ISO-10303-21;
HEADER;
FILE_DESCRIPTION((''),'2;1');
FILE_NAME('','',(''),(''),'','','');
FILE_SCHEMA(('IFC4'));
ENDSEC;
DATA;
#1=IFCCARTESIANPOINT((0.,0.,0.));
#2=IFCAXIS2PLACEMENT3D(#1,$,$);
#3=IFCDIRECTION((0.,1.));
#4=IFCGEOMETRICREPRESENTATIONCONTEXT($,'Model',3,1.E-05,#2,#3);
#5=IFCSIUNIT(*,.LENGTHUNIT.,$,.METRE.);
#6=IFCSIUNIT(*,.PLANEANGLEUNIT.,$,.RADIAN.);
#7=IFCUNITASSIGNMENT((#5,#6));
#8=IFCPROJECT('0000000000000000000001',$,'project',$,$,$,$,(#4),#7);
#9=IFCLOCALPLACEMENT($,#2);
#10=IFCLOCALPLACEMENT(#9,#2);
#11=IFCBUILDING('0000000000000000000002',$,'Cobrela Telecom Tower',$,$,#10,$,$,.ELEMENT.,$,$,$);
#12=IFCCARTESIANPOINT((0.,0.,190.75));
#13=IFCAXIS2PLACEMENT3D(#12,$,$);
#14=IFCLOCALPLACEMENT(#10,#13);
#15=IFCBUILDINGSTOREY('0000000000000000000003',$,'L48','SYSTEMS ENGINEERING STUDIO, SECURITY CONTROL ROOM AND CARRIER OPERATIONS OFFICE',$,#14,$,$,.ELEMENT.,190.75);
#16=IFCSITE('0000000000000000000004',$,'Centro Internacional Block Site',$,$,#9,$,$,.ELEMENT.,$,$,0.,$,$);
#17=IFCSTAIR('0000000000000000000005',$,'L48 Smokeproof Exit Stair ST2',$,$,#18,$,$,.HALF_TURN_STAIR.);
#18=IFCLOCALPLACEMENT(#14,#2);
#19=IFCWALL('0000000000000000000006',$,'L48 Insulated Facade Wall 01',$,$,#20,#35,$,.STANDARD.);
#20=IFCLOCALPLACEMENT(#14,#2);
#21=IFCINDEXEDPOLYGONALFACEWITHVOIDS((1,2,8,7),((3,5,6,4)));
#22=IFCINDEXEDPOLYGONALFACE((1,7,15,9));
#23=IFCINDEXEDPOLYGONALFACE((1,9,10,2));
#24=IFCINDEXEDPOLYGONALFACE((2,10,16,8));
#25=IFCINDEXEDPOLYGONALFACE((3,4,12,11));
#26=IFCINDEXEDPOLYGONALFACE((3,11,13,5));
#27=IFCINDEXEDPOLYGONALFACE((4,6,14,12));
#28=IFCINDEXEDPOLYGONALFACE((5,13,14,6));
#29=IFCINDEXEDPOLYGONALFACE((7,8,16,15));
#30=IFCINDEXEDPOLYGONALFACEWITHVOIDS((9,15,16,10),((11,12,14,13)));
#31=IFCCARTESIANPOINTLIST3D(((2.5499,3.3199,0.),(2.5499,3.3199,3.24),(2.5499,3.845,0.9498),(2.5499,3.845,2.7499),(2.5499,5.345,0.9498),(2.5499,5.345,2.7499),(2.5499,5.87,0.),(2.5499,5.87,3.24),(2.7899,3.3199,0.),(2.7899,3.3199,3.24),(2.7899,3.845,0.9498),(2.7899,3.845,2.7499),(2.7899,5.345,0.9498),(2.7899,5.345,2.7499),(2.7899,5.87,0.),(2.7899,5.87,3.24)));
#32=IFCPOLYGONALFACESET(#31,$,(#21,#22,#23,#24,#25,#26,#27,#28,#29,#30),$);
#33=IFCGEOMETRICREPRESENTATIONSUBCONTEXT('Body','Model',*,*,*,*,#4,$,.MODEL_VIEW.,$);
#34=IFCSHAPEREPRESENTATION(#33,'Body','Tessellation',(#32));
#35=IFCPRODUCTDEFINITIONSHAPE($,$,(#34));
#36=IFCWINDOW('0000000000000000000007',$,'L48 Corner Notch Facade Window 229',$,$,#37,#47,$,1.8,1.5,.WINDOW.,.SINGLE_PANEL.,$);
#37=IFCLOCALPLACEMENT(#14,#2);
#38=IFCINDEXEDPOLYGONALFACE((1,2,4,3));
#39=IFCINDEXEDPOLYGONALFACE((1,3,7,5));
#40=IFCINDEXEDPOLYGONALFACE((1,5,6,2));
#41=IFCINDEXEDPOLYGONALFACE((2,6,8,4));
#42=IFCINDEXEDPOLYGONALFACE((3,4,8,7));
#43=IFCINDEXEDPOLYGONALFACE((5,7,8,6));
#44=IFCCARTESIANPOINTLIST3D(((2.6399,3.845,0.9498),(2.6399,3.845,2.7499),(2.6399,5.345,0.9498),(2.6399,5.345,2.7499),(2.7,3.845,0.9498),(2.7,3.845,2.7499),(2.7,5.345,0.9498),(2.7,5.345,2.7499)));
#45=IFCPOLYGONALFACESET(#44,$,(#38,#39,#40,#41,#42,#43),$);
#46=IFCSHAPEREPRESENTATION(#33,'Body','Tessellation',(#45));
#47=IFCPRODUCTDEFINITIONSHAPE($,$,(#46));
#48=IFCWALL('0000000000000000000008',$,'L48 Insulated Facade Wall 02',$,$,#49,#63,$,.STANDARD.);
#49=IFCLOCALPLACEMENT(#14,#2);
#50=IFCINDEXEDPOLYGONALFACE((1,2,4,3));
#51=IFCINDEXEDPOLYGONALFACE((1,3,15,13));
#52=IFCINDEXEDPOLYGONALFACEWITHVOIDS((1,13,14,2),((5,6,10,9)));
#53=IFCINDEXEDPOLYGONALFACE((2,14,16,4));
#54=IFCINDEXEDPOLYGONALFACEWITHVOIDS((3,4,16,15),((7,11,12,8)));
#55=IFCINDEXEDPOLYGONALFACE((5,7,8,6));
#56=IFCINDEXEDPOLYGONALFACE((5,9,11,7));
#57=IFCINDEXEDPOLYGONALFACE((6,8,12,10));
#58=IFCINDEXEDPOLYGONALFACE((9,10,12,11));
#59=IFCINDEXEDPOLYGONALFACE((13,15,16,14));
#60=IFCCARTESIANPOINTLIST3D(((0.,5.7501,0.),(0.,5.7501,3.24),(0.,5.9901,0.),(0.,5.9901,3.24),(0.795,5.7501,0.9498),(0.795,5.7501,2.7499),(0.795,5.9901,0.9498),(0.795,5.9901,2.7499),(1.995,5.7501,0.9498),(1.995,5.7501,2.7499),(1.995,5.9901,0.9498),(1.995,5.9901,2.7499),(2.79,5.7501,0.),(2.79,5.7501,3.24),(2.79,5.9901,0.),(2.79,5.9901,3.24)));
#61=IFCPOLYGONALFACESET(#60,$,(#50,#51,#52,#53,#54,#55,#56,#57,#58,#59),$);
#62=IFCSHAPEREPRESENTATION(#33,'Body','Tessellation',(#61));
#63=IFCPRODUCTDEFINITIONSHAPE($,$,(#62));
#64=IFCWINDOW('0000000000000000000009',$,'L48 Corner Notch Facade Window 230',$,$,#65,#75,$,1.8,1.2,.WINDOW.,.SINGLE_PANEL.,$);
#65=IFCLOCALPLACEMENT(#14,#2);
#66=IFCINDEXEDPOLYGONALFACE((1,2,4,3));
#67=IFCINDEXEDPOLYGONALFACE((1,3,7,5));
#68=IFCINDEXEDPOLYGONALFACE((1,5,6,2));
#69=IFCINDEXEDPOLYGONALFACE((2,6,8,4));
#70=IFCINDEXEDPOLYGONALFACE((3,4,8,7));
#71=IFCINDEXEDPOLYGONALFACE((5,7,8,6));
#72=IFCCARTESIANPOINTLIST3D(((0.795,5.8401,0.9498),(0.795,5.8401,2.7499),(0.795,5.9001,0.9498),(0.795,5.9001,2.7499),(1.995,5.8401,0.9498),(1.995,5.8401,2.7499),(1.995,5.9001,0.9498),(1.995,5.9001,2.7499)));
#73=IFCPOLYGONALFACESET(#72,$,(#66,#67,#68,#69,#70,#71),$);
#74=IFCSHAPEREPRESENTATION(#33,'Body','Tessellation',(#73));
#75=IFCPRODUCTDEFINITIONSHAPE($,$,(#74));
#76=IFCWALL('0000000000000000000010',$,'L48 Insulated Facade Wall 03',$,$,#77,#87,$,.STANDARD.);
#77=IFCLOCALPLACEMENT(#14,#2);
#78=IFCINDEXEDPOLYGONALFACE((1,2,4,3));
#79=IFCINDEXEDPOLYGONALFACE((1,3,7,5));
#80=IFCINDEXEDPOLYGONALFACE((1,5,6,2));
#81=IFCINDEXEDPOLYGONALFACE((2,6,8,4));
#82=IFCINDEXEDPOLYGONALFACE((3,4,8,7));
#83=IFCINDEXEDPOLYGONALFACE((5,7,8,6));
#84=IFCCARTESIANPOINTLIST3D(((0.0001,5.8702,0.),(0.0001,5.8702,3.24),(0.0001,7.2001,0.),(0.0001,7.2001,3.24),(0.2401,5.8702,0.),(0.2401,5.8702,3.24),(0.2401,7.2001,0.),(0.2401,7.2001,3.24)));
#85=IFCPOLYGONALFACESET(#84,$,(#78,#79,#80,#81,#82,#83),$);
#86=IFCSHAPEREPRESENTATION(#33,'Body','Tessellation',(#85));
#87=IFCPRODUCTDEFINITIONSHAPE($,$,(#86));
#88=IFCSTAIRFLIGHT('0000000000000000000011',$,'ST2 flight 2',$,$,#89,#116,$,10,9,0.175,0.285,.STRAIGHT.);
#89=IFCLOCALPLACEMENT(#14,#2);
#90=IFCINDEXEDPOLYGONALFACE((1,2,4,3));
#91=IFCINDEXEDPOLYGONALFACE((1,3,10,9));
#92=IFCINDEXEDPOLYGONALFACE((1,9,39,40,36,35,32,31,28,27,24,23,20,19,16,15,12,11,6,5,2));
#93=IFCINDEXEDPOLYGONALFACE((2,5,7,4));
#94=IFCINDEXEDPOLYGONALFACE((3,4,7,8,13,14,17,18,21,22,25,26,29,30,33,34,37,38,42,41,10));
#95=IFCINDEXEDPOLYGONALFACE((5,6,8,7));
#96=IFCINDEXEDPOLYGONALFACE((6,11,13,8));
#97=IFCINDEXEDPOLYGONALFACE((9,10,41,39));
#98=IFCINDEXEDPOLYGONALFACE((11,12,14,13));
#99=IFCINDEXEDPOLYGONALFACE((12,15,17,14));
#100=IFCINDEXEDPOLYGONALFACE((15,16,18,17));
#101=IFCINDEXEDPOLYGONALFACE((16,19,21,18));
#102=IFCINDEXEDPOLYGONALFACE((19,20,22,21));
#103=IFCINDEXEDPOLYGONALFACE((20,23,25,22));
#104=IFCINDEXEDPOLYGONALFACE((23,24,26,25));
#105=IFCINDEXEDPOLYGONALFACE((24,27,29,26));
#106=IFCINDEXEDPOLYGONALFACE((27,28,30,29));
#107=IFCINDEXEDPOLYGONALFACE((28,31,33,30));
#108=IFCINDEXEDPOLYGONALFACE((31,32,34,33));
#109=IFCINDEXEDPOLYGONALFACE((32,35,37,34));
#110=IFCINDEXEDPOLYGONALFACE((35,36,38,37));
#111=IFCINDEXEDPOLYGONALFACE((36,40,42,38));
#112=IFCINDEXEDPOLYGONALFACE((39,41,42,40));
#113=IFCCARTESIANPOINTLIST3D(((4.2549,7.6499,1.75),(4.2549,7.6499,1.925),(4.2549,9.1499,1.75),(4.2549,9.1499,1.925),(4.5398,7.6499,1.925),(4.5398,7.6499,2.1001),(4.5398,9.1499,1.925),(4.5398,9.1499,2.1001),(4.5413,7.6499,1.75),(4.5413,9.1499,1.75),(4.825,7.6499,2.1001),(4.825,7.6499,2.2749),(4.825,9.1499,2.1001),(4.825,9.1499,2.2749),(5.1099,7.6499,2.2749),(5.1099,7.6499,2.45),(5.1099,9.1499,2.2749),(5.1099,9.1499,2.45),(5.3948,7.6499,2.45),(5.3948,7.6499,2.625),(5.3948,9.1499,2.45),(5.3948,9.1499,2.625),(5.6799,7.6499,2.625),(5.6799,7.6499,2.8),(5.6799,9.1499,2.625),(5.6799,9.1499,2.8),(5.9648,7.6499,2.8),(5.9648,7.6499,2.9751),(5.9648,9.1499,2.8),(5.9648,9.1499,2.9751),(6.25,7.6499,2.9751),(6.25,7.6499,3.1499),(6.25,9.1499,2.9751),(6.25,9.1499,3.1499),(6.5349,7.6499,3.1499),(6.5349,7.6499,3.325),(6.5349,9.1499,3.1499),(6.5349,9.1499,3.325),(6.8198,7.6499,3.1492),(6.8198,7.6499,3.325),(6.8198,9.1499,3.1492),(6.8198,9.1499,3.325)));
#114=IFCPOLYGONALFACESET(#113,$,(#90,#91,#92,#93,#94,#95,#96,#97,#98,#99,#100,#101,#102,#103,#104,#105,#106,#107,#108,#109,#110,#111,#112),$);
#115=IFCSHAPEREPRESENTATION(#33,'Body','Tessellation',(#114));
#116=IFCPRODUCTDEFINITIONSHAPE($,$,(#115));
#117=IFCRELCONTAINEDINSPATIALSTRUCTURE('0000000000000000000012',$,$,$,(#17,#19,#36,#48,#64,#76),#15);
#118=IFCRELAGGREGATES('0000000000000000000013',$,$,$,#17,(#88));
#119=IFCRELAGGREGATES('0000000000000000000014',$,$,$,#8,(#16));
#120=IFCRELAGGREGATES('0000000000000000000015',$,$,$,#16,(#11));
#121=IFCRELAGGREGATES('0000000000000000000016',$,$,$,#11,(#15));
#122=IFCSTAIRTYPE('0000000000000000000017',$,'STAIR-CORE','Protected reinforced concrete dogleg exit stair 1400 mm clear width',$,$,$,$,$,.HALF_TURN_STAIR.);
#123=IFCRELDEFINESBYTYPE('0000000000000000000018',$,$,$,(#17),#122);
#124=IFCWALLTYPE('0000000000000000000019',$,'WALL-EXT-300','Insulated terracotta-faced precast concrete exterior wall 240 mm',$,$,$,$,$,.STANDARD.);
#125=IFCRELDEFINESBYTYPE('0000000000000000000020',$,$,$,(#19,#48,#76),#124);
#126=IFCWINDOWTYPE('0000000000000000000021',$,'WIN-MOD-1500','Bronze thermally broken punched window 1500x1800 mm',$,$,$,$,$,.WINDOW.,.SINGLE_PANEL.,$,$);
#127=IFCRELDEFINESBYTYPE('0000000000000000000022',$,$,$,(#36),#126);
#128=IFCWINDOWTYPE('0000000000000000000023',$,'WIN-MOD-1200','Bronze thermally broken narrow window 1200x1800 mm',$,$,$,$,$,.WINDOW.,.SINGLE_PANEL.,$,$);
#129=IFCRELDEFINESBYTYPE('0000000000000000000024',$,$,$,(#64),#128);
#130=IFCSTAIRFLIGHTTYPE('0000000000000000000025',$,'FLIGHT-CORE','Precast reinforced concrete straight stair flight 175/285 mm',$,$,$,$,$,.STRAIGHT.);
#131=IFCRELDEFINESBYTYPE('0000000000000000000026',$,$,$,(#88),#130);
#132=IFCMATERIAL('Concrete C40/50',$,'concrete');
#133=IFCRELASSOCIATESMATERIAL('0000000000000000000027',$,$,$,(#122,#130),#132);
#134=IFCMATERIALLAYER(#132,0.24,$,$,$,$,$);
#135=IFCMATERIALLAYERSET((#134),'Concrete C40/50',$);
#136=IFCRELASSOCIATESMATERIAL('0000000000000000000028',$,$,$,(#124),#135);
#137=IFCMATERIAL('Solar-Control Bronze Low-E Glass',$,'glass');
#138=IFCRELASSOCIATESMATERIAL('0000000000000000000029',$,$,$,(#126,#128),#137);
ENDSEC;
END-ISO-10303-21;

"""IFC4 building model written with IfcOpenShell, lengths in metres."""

from ifc_helpers import new_model, si_unit, direction, frame, frame_2d, origin, place, context, subcontext, project, spatial, polyline, rectangle, outline, extrude, material, layer, layer_set, type_object, element, fill, aggregate, save


model = new_model("IFC4")

# Units and contexts
model_context = context("Model", 3, precision=1e-05, world=origin(), true_north=direction((0.0, 1.0)))
body_context = subcontext(model_context, "Body", "Model", "MODEL_VIEW")
ifc_project = project(units=[si_unit("LENGTHUNIT", "METRE"), si_unit("PLANEANGLEUNIT", "RADIAN")], contexts=[model_context])

# Site, building, storey
site_placement = place(None, origin())
site = spatial("IfcSite", under=ifc_project, at=site_placement, Name="Centro Internacional Block Site", CompositionType="ELEMENT", RefElevation=0.0)
building_placement = place(site_placement, origin())
building = spatial("IfcBuilding", under=site, at=building_placement, Name="Cobrela Telecom Tower", CompositionType="ELEMENT")
storey_placement = place(building_placement, frame((0.0, 0.0, 190.75)))
storey = spatial("IfcBuildingStorey", under=building, at=storey_placement, Name="L48", Description="SYSTEMS ENGINEERING STUDIO, SECURITY CONTROL ROOM AND CARRIER OPERATIONS OFFICE", CompositionType="ELEMENT", Elevation=190.75)

# Shared definitions
ifc_material_1 = material(Name="Solar-Control Bronze Low-E Glass", Category="glass")

# Shared definitions
ifc_material_2 = material(Name="Concrete C40/50", Category="concrete")

# Stair
stair_type = type_object("IfcStairType", Name="STAIR-CORE", Description="Protected reinforced concrete dogleg exit stair 1400 mm clear width", PredefinedType="HALF_TURN_STAIR", material=ifc_material_2)
stair_1_placement = place(storey_placement, origin())
stair_1 = element("IfcStair", 1, at=stair_1_placement, inside=storey, type_object=stair_type, Name="L48 Smokeproof Exit Stair ST2", PredefinedType="HALF_TURN_STAIR")

# Walls, openings, windows
ifc_layer_1 = layer(ifc_material_2, 0.24)
ifc_layer_set_1 = layer_set([ifc_layer_1], Name="Concrete C40/50")
wall_type_1 = type_object("IfcWallType", Name="WALL-EXT-300", Description="Insulated terracotta-faced precast concrete exterior wall 240 mm", PredefinedType="STANDARD", material=ifc_layer_set_1)
wall_1_placement = place(storey_placement, frame((2.6699, 3.3201, 0.0), z_axis=(0.0, 0.0, 1.0), x_axis=(0.0, 1.0, 0.0)))
wall_1 = element("IfcWall", 2, at=wall_1_placement, inside=storey, type_object=wall_type_1, Name="L48 Insulated Facade Wall 01", PredefinedType="STANDARD", context=body_context, shape_type="SweptSolid", body=[
    extrude(rectangle(XDim=2.55, YDim=0.24, at=frame_2d((1.2749, 0.0))), origin(), (0.0, 0.0, 1.0), 3.24),
])
opening_1_placement = place(wall_1_placement, frame((0.5249, 0.0, 0.95)))
opening_1 = element("IfcOpeningElement", 3, at=opening_1_placement, cuts=wall_1, PredefinedType="OPENING", context=body_context, shape_type="SweptSolid", body=[
    extrude(rectangle(XDim=1.5, YDim=1.8, at=frame_2d((0.75, 0.8999))), frame((0.0, 0.1318, 0.0), z_axis=(0.0, -1.0, 0.0), x_axis=(1.0, 0.0, 0.0)), (0.0, 0.0, 1.0), 0.2639),
])
window_type_1 = type_object("IfcWindowType", Name="WIN-MOD-1500", Description="Bronze thermally broken punched window 1500x1800 mm", PartitioningType="SINGLE_PANEL", PredefinedType="WINDOW", material=ifc_material_1)
window_1_placement = place(opening_1_placement, origin())
window_1 = element("IfcWindow", 4, at=window_1_placement, inside=storey, type_object=window_type_1, Name="L48 Corner Notch Facade Window 229", OverallHeight=1.8, OverallWidth=1.5, PartitioningType="SINGLE_PANEL", PredefinedType="WINDOW", context=body_context, shape_type="SweptSolid", body=[
    extrude(rectangle(XDim=1.5, YDim=1.8, at=frame_2d((0.75, 0.8999))), frame((0.0, 0.03, 0.0), z_axis=(0.0, -1.0, 0.0), x_axis=(1.0, 0.0, 0.0)), (0.0, 0.0, 1.0), 0.0601),
])
fill(opening_1, window_1)
wall_2_placement = place(storey_placement, frame((2.79, 5.8701, 0.0), z_axis=(0.0, 0.0, 1.0), x_axis=(-1.0, 0.0, 0.0)))
wall_2 = element("IfcWall", 5, at=wall_2_placement, inside=storey, type_object=wall_type_1, Name="L48 Insulated Facade Wall 02", PredefinedType="STANDARD", context=body_context, shape_type="SweptSolid", body=[
    extrude(rectangle(XDim=2.79, YDim=0.24, at=frame_2d((1.395, 0.0))), origin(), (0.0, 0.0, 1.0), 3.24),
])
opening_2_placement = place(wall_2_placement, frame((0.7949, 0.0, 0.95)))
opening_2 = element("IfcOpeningElement", 6, at=opening_2_placement, cuts=wall_2, PredefinedType="OPENING", context=body_context, shape_type="SweptSolid", body=[
    extrude(rectangle(XDim=1.2, YDim=1.8, at=frame_2d((0.6001, 0.8999))), frame((0.0, 0.1318, 0.0), z_axis=(0.0, -1.0, 0.0), x_axis=(1.0, 0.0, 0.0)), (0.0, 0.0, 1.0), 0.2639),
])
window_type_2 = type_object("IfcWindowType", Name="WIN-MOD-1200", Description="Bronze thermally broken narrow window 1200x1800 mm", PartitioningType="SINGLE_PANEL", PredefinedType="WINDOW", material=ifc_material_1)
window_2_placement = place(opening_2_placement, origin())
window_2 = element("IfcWindow", 7, at=window_2_placement, inside=storey, type_object=window_type_2, Name="L48 Corner Notch Facade Window 230", OverallHeight=1.8, OverallWidth=1.2, PartitioningType="SINGLE_PANEL", PredefinedType="WINDOW", context=body_context, shape_type="SweptSolid", body=[
    extrude(rectangle(XDim=1.2, YDim=1.8, at=frame_2d((0.6001, 0.8999))), frame((0.0, 0.03, 0.0), z_axis=(0.0, -1.0, 0.0), x_axis=(1.0, 0.0, 0.0)), (0.0, 0.0, 1.0), 0.0601),
])
fill(opening_2, window_2)

# Wall
wall_3_placement = place(storey_placement, frame((0.1201, 5.8701, 0.0), z_axis=(0.0, 0.0, 1.0), x_axis=(0.0, 1.0, 0.0)))
element("IfcWall", 8, at=wall_3_placement, inside=storey, type_object=wall_type_1, Name="L48 Insulated Facade Wall 03", PredefinedType="STANDARD", context=body_context, shape_type="SweptSolid", body=[
    extrude(rectangle(XDim=1.3298, YDim=0.24, at=frame_2d((0.665, 0.0))), origin(), (0.0, 0.0, 1.0), 3.24),
])

# Stair flight
stair_flight_type = type_object("IfcStairFlightType", Name="FLIGHT-CORE", Description="Precast reinforced concrete straight stair flight 175/285 mm", PredefinedType="STRAIGHT", material=ifc_material_2)
stair_flight_placement = place(storey_placement, frame((4.2549, 8.3999, 1.75), z_axis=(0.0, 0.0, 1.0), x_axis=(1.0, 0.0, 0.0)))
stair_flight = element("IfcStairFlight", 9, at=stair_flight_placement, type_object=stair_flight_type, Name="ST2 flight 2", NumberOfRisers=10, NumberOfTreads=9, PredefinedType="STRAIGHT", RiserHeight=0.175, TreadLength=0.285, context=body_context, shape_type="SweptSolid", body=[
    extrude(outline(polyline([(0.0, 0.0), (0.0, 0.175), (0.2849, 0.175), (0.2849, 0.3501), (0.5701, 0.3501), (0.5701, 0.5249), (0.855, 0.5249), (0.855, 0.7), (1.1399, 0.7), (1.1399, 0.875), (1.425, 0.875), (1.425, 1.05), (1.71, 1.05), (1.71, 1.2251), (1.9951, 1.2251), (1.9951, 1.3999), (2.28, 1.3999), (2.28, 1.575), (2.5649, 1.575), (2.5649, 1.75), (2.5649, 1.3992), (0.2864, 0.0), (0.0, 0.0)])), frame((0.0, 0.75, 0.0), z_axis=(0.0, -1.0, 0.0), x_axis=(1.0, 0.0, 0.0)), (0.0, 0.0, 1.0), 1.5),
])
aggregate(stair_1, [stair_flight])

save(model, "model.ifc")
